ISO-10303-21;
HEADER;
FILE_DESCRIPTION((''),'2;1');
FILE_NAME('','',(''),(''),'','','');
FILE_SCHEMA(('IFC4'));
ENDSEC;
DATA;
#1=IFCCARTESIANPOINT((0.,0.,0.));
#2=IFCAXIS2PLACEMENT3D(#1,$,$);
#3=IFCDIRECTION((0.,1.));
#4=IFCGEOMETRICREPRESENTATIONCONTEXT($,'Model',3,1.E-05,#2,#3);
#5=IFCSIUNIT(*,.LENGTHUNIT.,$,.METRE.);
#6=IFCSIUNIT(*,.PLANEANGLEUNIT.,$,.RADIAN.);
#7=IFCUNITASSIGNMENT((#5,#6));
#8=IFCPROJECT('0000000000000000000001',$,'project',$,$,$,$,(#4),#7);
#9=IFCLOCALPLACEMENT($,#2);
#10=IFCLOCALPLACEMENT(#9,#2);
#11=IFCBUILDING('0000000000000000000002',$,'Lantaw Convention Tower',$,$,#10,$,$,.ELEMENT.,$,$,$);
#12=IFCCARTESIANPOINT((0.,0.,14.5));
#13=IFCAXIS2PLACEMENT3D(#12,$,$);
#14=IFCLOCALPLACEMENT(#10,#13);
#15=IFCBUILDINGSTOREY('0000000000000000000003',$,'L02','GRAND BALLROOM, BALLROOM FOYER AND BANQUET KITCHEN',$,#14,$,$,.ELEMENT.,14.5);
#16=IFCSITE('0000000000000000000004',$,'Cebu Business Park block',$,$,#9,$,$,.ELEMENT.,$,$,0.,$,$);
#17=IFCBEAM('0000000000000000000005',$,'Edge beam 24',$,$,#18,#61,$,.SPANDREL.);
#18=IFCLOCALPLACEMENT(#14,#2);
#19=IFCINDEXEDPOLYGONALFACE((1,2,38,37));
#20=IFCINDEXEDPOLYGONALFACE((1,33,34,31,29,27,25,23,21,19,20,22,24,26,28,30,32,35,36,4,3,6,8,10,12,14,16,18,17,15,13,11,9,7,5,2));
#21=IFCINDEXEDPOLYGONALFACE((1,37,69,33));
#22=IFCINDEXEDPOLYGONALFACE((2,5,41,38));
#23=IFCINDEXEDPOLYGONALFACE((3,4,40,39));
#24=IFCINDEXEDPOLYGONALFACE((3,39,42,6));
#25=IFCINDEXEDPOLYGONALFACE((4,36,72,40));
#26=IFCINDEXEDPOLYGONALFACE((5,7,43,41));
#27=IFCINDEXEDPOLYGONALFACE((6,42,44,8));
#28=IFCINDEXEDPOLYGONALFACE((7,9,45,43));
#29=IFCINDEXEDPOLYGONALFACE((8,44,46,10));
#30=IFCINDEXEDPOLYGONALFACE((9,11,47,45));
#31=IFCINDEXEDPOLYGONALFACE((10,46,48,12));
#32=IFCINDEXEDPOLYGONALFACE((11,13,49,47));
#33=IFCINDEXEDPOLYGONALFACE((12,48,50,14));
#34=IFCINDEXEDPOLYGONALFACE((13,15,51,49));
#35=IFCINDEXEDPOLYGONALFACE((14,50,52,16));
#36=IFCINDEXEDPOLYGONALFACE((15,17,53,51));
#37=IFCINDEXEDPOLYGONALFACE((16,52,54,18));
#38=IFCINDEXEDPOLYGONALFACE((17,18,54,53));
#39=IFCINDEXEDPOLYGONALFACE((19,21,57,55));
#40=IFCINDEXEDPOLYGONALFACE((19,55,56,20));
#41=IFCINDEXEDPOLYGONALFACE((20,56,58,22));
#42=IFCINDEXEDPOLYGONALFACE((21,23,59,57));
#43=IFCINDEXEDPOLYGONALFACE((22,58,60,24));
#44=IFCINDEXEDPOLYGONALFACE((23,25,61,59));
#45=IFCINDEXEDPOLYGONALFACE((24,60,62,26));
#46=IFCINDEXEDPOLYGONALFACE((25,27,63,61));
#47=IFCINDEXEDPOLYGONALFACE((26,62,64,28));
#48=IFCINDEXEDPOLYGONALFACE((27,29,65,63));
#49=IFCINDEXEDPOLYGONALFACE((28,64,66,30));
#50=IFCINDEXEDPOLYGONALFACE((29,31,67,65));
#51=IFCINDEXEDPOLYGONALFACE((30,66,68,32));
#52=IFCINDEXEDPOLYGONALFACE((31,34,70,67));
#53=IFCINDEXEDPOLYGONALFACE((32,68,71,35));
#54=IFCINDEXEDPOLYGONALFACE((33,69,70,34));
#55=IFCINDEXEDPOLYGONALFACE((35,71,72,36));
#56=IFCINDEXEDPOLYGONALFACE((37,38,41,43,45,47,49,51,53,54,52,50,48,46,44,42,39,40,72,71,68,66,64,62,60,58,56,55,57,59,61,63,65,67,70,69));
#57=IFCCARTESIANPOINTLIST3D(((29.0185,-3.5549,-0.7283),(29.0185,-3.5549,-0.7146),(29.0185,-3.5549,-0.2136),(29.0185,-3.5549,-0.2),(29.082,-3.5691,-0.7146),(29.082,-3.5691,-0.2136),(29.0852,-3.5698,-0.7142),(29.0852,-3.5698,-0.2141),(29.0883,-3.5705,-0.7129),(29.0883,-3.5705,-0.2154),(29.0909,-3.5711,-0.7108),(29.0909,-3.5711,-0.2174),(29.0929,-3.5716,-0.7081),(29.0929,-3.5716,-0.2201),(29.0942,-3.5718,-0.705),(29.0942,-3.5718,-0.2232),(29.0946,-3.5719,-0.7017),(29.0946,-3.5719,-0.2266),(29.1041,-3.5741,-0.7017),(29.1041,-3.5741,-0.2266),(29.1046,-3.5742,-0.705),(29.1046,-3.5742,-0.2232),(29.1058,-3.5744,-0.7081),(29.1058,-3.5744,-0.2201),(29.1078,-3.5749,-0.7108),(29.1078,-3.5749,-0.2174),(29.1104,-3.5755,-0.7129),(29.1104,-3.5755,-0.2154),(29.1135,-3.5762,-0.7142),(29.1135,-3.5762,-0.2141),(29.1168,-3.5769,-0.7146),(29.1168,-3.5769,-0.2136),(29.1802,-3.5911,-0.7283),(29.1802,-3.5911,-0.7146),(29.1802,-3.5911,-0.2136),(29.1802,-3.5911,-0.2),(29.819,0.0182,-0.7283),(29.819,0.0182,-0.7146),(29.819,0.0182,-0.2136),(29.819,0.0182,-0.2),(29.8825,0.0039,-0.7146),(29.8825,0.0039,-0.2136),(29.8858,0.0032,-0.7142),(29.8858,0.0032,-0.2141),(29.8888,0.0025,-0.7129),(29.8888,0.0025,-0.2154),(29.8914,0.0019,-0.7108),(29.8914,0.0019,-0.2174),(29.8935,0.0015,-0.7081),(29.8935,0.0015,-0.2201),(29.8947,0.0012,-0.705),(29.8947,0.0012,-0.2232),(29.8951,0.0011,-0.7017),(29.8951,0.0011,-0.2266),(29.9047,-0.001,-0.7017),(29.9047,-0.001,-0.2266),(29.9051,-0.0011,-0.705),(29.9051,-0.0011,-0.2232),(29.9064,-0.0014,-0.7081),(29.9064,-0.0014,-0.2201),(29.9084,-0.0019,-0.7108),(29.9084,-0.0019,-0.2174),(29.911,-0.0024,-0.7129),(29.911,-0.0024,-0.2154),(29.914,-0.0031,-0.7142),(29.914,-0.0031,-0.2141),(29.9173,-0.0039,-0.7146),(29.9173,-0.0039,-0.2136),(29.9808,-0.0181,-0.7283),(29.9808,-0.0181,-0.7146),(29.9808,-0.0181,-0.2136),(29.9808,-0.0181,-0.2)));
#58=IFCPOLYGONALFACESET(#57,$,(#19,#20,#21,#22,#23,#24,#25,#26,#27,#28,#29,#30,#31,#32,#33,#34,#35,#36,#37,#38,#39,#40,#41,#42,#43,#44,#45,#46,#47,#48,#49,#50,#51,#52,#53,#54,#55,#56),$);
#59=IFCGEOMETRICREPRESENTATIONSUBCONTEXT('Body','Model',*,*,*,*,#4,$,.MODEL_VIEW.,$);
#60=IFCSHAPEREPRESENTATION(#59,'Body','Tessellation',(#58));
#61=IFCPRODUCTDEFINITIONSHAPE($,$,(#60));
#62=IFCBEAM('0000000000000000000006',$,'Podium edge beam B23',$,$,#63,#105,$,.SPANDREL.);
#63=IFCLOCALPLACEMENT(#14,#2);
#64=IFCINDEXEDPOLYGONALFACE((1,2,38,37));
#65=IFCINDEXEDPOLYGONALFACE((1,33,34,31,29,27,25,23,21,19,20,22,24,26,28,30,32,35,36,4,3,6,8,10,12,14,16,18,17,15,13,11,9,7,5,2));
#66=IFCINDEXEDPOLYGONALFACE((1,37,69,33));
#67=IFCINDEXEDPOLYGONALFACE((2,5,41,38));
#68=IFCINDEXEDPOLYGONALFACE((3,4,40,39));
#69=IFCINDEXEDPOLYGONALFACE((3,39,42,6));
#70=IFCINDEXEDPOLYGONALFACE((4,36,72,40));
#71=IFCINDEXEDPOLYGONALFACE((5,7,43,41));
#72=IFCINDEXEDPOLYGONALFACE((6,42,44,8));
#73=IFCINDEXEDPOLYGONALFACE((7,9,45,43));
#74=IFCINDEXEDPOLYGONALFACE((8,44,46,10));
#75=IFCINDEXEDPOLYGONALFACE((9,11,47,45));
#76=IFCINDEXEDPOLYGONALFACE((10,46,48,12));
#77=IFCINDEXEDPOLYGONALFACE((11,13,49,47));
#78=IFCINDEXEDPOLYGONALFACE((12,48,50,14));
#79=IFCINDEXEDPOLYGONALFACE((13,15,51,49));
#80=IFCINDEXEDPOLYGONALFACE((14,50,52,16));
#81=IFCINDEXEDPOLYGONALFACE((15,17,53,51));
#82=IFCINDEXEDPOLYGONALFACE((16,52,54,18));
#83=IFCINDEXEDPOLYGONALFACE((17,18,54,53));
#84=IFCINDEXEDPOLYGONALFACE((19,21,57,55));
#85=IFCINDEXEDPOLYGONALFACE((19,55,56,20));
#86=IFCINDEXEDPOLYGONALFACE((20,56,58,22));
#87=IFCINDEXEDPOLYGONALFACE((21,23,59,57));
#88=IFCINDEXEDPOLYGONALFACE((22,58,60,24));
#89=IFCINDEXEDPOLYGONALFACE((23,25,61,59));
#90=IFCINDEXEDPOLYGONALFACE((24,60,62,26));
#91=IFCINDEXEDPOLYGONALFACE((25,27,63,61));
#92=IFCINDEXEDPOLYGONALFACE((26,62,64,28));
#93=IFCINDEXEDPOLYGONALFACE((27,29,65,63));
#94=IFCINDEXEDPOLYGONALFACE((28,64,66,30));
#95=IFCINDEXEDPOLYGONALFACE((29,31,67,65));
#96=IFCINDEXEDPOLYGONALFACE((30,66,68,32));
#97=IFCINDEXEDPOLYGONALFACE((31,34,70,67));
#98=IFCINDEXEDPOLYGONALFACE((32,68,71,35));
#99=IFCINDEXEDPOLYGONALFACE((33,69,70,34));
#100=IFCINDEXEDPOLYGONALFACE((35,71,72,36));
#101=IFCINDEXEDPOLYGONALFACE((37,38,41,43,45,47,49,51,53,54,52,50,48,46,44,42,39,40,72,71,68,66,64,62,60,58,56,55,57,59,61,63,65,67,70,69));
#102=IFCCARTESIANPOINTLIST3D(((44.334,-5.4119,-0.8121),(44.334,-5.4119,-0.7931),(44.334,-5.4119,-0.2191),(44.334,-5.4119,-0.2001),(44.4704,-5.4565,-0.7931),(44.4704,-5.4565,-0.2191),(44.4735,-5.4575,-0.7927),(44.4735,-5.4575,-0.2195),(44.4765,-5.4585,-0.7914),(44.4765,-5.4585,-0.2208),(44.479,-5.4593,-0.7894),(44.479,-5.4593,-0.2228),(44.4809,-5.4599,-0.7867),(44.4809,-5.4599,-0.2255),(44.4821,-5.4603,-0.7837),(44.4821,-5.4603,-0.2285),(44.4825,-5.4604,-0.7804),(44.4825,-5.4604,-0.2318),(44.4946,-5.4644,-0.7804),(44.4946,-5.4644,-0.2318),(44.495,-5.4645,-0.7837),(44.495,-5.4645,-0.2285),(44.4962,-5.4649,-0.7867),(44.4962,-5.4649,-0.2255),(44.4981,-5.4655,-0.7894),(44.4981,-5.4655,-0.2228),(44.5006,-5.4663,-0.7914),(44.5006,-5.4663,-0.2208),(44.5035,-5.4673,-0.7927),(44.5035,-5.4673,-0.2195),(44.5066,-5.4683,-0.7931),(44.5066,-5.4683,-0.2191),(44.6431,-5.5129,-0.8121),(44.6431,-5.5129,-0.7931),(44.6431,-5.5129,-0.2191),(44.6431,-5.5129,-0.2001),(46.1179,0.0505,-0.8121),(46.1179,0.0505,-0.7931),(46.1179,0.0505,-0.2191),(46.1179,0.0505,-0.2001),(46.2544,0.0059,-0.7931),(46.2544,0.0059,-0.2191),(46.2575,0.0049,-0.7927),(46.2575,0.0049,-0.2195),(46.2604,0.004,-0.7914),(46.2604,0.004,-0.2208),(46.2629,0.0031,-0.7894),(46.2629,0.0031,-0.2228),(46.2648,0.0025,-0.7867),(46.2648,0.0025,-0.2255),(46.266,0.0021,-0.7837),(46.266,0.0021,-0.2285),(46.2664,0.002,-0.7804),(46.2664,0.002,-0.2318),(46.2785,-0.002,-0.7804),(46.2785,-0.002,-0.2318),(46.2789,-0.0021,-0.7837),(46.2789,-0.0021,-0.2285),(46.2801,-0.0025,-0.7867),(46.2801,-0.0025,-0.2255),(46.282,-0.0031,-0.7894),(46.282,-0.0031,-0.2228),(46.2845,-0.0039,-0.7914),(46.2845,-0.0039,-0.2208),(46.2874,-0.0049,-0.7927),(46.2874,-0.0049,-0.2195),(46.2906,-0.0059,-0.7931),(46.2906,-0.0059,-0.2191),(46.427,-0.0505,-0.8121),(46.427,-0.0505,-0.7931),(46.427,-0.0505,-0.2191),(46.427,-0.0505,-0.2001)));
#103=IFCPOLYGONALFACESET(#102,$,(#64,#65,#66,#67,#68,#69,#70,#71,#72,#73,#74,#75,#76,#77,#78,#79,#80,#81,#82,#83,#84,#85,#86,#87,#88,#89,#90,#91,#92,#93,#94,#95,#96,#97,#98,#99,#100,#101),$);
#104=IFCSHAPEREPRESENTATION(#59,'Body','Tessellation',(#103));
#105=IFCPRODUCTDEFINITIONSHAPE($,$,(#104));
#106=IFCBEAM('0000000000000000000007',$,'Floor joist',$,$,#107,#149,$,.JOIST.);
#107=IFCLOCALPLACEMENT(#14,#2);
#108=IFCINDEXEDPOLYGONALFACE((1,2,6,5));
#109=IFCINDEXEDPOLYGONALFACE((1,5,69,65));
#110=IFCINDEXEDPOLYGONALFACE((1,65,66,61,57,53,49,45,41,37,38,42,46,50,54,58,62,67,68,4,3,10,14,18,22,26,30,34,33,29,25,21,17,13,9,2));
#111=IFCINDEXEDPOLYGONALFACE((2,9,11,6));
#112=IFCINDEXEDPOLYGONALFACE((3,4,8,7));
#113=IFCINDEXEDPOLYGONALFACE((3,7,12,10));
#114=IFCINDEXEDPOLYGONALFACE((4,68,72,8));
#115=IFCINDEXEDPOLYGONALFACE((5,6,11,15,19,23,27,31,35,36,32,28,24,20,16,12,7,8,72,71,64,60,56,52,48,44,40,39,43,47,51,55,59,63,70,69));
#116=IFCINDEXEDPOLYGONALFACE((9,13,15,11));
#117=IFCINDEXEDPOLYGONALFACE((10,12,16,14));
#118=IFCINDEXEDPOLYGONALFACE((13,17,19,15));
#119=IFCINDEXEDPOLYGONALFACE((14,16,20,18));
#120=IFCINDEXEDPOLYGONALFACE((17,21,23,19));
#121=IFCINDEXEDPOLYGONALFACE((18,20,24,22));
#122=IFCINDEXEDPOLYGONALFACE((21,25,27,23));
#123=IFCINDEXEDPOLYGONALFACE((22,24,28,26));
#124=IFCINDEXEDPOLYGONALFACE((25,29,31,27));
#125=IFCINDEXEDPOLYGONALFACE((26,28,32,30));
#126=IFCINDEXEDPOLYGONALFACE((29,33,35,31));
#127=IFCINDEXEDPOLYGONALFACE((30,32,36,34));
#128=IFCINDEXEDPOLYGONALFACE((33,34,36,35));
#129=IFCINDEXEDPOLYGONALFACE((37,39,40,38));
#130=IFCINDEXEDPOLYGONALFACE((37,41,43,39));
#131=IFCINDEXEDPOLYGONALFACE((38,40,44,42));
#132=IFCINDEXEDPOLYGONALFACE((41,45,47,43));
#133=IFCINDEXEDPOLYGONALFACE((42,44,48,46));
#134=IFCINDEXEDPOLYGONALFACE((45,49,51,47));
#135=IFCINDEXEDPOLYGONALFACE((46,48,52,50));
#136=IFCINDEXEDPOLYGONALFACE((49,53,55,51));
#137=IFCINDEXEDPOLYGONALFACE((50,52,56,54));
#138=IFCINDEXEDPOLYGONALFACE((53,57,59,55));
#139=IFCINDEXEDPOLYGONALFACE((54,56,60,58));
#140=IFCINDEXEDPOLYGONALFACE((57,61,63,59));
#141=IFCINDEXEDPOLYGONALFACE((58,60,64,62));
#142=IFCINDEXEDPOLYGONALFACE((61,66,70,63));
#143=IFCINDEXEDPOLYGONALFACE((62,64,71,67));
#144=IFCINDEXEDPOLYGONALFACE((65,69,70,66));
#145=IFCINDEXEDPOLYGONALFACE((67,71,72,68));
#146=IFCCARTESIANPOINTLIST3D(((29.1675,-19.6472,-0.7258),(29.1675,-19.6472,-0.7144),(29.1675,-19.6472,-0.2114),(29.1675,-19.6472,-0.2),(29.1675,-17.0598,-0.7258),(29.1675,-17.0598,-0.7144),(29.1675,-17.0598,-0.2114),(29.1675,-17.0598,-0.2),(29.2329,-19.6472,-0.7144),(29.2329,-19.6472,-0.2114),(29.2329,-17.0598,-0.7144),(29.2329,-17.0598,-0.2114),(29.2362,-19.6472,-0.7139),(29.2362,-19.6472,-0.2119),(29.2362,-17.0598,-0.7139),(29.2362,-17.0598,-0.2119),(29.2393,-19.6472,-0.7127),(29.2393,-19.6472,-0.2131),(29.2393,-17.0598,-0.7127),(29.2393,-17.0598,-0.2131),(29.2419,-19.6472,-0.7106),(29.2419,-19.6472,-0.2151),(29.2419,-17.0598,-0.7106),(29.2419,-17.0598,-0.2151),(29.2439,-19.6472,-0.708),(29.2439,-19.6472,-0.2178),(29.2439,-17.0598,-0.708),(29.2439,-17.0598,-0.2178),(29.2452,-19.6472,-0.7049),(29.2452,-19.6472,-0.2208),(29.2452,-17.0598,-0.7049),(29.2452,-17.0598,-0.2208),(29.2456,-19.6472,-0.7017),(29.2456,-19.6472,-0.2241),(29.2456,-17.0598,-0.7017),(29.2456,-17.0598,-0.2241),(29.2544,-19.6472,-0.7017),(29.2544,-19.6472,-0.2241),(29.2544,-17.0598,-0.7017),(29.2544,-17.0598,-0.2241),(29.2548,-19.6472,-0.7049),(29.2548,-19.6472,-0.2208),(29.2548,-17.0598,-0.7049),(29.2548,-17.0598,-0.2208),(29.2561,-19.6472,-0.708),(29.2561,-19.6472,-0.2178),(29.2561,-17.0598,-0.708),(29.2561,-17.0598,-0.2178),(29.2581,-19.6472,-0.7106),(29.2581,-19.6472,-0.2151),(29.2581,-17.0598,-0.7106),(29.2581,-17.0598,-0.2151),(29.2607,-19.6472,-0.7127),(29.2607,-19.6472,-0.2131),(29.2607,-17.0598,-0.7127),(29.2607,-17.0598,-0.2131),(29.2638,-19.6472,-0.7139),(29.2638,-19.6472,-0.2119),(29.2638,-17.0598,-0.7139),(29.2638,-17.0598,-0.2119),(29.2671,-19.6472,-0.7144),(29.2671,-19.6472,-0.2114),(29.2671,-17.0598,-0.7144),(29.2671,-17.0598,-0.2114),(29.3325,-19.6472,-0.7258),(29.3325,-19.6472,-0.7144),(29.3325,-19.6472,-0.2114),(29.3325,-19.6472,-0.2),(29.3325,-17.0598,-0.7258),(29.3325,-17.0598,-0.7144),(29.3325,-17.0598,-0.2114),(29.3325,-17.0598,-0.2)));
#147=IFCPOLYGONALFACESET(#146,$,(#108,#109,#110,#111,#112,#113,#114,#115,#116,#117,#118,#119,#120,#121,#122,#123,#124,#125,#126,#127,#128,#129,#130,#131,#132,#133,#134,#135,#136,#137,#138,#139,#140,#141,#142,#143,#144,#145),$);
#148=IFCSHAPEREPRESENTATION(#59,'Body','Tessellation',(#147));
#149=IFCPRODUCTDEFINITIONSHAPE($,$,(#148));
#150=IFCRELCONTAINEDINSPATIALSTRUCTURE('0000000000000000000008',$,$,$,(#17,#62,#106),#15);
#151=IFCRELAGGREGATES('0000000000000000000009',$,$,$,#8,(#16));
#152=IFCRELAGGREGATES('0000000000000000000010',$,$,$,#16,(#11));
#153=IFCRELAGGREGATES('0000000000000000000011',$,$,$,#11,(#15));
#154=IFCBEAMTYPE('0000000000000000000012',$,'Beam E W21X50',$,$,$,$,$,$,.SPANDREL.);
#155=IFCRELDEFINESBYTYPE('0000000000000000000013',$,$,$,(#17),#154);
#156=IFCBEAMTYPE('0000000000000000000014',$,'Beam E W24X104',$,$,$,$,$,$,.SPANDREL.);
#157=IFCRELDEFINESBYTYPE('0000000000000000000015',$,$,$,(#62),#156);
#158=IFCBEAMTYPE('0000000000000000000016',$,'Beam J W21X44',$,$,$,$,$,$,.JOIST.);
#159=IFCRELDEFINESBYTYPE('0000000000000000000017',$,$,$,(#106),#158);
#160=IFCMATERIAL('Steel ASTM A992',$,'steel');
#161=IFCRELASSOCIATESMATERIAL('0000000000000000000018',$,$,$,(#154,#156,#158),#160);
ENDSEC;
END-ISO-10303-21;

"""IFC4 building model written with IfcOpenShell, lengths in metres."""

from ifc_helpers import new_model, si_unit, direction, frame, origin, origin_2d, place, context, subcontext, project, spatial, i_section, extrude, material, material_profile, profile_set, type_object, element, save


model = new_model("IFC4")

# Units and contexts
model_context = context("Model", 3, precision=1e-05, world=origin(), true_north=direction((0.0, 1.0)))
body_context = subcontext(model_context, "Body", "Model", "MODEL_VIEW")
ifc_project = project(units=[si_unit("LENGTHUNIT", "METRE"), si_unit("PLANEANGLEUNIT", "RADIAN")], contexts=[model_context])

# Site, building, storey
site_placement = place(None, origin())
site = spatial("IfcSite", under=ifc_project, at=site_placement, Name="Cebu Business Park block", CompositionType="ELEMENT", RefElevation=0.0)
building_placement = place(site_placement, origin())
building = spatial("IfcBuilding", under=site, at=building_placement, Name="Lantaw Convention Tower", CompositionType="ELEMENT")
storey_placement = place(building_placement, frame((0.0, 0.0, 14.5)))
storey = spatial("IfcBuildingStorey", under=building, at=storey_placement, Name="L02", Description="GRAND BALLROOM, BALLROOM FOYER AND BANQUET KITCHEN", CompositionType="ELEMENT", Elevation=14.5)

# Beams
ifc_material_1 = material(Name="Steel ASTM A992", Category="steel")
ifc_material_profile_1 = material_profile(ifc_material_1, i_section(OverallWidth=0.1658, OverallDepth=0.5283, WebThickness=0.0098, FlangeThickness=0.0137, FilletRadius=0.0129, at=origin_2d()), Name="W21X50")
ifc_profile_set_1 = profile_set([ifc_material_profile_1], Name="Steel ASTM A992")
beam_type_1 = type_object("IfcBeamType", Name="Beam E W21X50", PredefinedType="SPANDREL", material=ifc_profile_set_1)
beam_1_placement = place(storey_placement, frame((29.0994, -3.573, -0.4641), z_axis=(0.218632, 0.975807, 0.0), x_axis=(-0.975807, 0.218632, 0.0)))
element("IfcBeam", 1, at=beam_1_placement, inside=storey, type_object=beam_type_1, Name="Edge beam 24", PredefinedType="SPANDREL", context=body_context, shape_type="SweptSolid", body=[
    extrude(i_section(OverallWidth=0.1658, OverallDepth=0.5283, WebThickness=0.0098, FlangeThickness=0.0137, FilletRadius=0.0129, at=origin_2d()), origin(), (0.0, 0.0, 1.0), 3.6616),
])
ifc_material_profile_2 = material_profile(ifc_material_1, i_section(OverallWidth=0.3252, OverallDepth=0.6121, WebThickness=0.0127, FlangeThickness=0.019, FilletRadius=0.0127, at=origin_2d()), Name="W24X104")
ifc_profile_set_2 = profile_set([ifc_material_profile_2], Name="Steel ASTM A992")
beam_type_2 = type_object("IfcBeamType", Name="Beam E W24X104", PredefinedType="SPANDREL", material=ifc_profile_set_2)
beam_2_placement = place(storey_placement, frame((44.4885, -5.4624, -0.5061), z_axis=(0.310448, 0.95059, 0.0), x_axis=(-0.95059, 0.310448, 0.0)))
element("IfcBeam", 2, at=beam_2_placement, inside=storey, type_object=beam_type_2, Name="Podium edge beam B23", PredefinedType="SPANDREL", context=body_context, shape_type="SweptSolid", body=[
    extrude(i_section(OverallWidth=0.3252, OverallDepth=0.6121, WebThickness=0.0127, FlangeThickness=0.019, FilletRadius=0.0127, at=origin_2d()), origin(), (0.0, 0.0, 1.0), 5.7463),
])
ifc_material_profile_3 = material_profile(ifc_material_1, i_section(OverallWidth=0.165, OverallDepth=0.5259, WebThickness=0.0088, FlangeThickness=0.0115, FilletRadius=0.0127, at=origin_2d()), Name="W21X44")
ifc_profile_set_3 = profile_set([ifc_material_profile_3], Name="Steel ASTM A992")
beam_type_3 = type_object("IfcBeamType", Name="Beam J W21X44", PredefinedType="JOIST", material=ifc_profile_set_3)
beam_3_placement = place(storey_placement, frame((29.25, -19.6472, -0.4629), z_axis=(0.0, 1.0, 0.0), x_axis=(-1.0, 0.0, 0.0)))
element("IfcBeam", 3, at=beam_3_placement, inside=storey, type_object=beam_type_3, Name="Floor joist", PredefinedType="JOIST", context=body_context, shape_type="SweptSolid", body=[
    extrude(i_section(OverallWidth=0.165, OverallDepth=0.5259, WebThickness=0.0088, FlangeThickness=0.0115, FilletRadius=0.0127, at=origin_2d()), origin(), (0.0, 0.0, 1.0), 2.5874),
])

save(model, "model.ifc")
